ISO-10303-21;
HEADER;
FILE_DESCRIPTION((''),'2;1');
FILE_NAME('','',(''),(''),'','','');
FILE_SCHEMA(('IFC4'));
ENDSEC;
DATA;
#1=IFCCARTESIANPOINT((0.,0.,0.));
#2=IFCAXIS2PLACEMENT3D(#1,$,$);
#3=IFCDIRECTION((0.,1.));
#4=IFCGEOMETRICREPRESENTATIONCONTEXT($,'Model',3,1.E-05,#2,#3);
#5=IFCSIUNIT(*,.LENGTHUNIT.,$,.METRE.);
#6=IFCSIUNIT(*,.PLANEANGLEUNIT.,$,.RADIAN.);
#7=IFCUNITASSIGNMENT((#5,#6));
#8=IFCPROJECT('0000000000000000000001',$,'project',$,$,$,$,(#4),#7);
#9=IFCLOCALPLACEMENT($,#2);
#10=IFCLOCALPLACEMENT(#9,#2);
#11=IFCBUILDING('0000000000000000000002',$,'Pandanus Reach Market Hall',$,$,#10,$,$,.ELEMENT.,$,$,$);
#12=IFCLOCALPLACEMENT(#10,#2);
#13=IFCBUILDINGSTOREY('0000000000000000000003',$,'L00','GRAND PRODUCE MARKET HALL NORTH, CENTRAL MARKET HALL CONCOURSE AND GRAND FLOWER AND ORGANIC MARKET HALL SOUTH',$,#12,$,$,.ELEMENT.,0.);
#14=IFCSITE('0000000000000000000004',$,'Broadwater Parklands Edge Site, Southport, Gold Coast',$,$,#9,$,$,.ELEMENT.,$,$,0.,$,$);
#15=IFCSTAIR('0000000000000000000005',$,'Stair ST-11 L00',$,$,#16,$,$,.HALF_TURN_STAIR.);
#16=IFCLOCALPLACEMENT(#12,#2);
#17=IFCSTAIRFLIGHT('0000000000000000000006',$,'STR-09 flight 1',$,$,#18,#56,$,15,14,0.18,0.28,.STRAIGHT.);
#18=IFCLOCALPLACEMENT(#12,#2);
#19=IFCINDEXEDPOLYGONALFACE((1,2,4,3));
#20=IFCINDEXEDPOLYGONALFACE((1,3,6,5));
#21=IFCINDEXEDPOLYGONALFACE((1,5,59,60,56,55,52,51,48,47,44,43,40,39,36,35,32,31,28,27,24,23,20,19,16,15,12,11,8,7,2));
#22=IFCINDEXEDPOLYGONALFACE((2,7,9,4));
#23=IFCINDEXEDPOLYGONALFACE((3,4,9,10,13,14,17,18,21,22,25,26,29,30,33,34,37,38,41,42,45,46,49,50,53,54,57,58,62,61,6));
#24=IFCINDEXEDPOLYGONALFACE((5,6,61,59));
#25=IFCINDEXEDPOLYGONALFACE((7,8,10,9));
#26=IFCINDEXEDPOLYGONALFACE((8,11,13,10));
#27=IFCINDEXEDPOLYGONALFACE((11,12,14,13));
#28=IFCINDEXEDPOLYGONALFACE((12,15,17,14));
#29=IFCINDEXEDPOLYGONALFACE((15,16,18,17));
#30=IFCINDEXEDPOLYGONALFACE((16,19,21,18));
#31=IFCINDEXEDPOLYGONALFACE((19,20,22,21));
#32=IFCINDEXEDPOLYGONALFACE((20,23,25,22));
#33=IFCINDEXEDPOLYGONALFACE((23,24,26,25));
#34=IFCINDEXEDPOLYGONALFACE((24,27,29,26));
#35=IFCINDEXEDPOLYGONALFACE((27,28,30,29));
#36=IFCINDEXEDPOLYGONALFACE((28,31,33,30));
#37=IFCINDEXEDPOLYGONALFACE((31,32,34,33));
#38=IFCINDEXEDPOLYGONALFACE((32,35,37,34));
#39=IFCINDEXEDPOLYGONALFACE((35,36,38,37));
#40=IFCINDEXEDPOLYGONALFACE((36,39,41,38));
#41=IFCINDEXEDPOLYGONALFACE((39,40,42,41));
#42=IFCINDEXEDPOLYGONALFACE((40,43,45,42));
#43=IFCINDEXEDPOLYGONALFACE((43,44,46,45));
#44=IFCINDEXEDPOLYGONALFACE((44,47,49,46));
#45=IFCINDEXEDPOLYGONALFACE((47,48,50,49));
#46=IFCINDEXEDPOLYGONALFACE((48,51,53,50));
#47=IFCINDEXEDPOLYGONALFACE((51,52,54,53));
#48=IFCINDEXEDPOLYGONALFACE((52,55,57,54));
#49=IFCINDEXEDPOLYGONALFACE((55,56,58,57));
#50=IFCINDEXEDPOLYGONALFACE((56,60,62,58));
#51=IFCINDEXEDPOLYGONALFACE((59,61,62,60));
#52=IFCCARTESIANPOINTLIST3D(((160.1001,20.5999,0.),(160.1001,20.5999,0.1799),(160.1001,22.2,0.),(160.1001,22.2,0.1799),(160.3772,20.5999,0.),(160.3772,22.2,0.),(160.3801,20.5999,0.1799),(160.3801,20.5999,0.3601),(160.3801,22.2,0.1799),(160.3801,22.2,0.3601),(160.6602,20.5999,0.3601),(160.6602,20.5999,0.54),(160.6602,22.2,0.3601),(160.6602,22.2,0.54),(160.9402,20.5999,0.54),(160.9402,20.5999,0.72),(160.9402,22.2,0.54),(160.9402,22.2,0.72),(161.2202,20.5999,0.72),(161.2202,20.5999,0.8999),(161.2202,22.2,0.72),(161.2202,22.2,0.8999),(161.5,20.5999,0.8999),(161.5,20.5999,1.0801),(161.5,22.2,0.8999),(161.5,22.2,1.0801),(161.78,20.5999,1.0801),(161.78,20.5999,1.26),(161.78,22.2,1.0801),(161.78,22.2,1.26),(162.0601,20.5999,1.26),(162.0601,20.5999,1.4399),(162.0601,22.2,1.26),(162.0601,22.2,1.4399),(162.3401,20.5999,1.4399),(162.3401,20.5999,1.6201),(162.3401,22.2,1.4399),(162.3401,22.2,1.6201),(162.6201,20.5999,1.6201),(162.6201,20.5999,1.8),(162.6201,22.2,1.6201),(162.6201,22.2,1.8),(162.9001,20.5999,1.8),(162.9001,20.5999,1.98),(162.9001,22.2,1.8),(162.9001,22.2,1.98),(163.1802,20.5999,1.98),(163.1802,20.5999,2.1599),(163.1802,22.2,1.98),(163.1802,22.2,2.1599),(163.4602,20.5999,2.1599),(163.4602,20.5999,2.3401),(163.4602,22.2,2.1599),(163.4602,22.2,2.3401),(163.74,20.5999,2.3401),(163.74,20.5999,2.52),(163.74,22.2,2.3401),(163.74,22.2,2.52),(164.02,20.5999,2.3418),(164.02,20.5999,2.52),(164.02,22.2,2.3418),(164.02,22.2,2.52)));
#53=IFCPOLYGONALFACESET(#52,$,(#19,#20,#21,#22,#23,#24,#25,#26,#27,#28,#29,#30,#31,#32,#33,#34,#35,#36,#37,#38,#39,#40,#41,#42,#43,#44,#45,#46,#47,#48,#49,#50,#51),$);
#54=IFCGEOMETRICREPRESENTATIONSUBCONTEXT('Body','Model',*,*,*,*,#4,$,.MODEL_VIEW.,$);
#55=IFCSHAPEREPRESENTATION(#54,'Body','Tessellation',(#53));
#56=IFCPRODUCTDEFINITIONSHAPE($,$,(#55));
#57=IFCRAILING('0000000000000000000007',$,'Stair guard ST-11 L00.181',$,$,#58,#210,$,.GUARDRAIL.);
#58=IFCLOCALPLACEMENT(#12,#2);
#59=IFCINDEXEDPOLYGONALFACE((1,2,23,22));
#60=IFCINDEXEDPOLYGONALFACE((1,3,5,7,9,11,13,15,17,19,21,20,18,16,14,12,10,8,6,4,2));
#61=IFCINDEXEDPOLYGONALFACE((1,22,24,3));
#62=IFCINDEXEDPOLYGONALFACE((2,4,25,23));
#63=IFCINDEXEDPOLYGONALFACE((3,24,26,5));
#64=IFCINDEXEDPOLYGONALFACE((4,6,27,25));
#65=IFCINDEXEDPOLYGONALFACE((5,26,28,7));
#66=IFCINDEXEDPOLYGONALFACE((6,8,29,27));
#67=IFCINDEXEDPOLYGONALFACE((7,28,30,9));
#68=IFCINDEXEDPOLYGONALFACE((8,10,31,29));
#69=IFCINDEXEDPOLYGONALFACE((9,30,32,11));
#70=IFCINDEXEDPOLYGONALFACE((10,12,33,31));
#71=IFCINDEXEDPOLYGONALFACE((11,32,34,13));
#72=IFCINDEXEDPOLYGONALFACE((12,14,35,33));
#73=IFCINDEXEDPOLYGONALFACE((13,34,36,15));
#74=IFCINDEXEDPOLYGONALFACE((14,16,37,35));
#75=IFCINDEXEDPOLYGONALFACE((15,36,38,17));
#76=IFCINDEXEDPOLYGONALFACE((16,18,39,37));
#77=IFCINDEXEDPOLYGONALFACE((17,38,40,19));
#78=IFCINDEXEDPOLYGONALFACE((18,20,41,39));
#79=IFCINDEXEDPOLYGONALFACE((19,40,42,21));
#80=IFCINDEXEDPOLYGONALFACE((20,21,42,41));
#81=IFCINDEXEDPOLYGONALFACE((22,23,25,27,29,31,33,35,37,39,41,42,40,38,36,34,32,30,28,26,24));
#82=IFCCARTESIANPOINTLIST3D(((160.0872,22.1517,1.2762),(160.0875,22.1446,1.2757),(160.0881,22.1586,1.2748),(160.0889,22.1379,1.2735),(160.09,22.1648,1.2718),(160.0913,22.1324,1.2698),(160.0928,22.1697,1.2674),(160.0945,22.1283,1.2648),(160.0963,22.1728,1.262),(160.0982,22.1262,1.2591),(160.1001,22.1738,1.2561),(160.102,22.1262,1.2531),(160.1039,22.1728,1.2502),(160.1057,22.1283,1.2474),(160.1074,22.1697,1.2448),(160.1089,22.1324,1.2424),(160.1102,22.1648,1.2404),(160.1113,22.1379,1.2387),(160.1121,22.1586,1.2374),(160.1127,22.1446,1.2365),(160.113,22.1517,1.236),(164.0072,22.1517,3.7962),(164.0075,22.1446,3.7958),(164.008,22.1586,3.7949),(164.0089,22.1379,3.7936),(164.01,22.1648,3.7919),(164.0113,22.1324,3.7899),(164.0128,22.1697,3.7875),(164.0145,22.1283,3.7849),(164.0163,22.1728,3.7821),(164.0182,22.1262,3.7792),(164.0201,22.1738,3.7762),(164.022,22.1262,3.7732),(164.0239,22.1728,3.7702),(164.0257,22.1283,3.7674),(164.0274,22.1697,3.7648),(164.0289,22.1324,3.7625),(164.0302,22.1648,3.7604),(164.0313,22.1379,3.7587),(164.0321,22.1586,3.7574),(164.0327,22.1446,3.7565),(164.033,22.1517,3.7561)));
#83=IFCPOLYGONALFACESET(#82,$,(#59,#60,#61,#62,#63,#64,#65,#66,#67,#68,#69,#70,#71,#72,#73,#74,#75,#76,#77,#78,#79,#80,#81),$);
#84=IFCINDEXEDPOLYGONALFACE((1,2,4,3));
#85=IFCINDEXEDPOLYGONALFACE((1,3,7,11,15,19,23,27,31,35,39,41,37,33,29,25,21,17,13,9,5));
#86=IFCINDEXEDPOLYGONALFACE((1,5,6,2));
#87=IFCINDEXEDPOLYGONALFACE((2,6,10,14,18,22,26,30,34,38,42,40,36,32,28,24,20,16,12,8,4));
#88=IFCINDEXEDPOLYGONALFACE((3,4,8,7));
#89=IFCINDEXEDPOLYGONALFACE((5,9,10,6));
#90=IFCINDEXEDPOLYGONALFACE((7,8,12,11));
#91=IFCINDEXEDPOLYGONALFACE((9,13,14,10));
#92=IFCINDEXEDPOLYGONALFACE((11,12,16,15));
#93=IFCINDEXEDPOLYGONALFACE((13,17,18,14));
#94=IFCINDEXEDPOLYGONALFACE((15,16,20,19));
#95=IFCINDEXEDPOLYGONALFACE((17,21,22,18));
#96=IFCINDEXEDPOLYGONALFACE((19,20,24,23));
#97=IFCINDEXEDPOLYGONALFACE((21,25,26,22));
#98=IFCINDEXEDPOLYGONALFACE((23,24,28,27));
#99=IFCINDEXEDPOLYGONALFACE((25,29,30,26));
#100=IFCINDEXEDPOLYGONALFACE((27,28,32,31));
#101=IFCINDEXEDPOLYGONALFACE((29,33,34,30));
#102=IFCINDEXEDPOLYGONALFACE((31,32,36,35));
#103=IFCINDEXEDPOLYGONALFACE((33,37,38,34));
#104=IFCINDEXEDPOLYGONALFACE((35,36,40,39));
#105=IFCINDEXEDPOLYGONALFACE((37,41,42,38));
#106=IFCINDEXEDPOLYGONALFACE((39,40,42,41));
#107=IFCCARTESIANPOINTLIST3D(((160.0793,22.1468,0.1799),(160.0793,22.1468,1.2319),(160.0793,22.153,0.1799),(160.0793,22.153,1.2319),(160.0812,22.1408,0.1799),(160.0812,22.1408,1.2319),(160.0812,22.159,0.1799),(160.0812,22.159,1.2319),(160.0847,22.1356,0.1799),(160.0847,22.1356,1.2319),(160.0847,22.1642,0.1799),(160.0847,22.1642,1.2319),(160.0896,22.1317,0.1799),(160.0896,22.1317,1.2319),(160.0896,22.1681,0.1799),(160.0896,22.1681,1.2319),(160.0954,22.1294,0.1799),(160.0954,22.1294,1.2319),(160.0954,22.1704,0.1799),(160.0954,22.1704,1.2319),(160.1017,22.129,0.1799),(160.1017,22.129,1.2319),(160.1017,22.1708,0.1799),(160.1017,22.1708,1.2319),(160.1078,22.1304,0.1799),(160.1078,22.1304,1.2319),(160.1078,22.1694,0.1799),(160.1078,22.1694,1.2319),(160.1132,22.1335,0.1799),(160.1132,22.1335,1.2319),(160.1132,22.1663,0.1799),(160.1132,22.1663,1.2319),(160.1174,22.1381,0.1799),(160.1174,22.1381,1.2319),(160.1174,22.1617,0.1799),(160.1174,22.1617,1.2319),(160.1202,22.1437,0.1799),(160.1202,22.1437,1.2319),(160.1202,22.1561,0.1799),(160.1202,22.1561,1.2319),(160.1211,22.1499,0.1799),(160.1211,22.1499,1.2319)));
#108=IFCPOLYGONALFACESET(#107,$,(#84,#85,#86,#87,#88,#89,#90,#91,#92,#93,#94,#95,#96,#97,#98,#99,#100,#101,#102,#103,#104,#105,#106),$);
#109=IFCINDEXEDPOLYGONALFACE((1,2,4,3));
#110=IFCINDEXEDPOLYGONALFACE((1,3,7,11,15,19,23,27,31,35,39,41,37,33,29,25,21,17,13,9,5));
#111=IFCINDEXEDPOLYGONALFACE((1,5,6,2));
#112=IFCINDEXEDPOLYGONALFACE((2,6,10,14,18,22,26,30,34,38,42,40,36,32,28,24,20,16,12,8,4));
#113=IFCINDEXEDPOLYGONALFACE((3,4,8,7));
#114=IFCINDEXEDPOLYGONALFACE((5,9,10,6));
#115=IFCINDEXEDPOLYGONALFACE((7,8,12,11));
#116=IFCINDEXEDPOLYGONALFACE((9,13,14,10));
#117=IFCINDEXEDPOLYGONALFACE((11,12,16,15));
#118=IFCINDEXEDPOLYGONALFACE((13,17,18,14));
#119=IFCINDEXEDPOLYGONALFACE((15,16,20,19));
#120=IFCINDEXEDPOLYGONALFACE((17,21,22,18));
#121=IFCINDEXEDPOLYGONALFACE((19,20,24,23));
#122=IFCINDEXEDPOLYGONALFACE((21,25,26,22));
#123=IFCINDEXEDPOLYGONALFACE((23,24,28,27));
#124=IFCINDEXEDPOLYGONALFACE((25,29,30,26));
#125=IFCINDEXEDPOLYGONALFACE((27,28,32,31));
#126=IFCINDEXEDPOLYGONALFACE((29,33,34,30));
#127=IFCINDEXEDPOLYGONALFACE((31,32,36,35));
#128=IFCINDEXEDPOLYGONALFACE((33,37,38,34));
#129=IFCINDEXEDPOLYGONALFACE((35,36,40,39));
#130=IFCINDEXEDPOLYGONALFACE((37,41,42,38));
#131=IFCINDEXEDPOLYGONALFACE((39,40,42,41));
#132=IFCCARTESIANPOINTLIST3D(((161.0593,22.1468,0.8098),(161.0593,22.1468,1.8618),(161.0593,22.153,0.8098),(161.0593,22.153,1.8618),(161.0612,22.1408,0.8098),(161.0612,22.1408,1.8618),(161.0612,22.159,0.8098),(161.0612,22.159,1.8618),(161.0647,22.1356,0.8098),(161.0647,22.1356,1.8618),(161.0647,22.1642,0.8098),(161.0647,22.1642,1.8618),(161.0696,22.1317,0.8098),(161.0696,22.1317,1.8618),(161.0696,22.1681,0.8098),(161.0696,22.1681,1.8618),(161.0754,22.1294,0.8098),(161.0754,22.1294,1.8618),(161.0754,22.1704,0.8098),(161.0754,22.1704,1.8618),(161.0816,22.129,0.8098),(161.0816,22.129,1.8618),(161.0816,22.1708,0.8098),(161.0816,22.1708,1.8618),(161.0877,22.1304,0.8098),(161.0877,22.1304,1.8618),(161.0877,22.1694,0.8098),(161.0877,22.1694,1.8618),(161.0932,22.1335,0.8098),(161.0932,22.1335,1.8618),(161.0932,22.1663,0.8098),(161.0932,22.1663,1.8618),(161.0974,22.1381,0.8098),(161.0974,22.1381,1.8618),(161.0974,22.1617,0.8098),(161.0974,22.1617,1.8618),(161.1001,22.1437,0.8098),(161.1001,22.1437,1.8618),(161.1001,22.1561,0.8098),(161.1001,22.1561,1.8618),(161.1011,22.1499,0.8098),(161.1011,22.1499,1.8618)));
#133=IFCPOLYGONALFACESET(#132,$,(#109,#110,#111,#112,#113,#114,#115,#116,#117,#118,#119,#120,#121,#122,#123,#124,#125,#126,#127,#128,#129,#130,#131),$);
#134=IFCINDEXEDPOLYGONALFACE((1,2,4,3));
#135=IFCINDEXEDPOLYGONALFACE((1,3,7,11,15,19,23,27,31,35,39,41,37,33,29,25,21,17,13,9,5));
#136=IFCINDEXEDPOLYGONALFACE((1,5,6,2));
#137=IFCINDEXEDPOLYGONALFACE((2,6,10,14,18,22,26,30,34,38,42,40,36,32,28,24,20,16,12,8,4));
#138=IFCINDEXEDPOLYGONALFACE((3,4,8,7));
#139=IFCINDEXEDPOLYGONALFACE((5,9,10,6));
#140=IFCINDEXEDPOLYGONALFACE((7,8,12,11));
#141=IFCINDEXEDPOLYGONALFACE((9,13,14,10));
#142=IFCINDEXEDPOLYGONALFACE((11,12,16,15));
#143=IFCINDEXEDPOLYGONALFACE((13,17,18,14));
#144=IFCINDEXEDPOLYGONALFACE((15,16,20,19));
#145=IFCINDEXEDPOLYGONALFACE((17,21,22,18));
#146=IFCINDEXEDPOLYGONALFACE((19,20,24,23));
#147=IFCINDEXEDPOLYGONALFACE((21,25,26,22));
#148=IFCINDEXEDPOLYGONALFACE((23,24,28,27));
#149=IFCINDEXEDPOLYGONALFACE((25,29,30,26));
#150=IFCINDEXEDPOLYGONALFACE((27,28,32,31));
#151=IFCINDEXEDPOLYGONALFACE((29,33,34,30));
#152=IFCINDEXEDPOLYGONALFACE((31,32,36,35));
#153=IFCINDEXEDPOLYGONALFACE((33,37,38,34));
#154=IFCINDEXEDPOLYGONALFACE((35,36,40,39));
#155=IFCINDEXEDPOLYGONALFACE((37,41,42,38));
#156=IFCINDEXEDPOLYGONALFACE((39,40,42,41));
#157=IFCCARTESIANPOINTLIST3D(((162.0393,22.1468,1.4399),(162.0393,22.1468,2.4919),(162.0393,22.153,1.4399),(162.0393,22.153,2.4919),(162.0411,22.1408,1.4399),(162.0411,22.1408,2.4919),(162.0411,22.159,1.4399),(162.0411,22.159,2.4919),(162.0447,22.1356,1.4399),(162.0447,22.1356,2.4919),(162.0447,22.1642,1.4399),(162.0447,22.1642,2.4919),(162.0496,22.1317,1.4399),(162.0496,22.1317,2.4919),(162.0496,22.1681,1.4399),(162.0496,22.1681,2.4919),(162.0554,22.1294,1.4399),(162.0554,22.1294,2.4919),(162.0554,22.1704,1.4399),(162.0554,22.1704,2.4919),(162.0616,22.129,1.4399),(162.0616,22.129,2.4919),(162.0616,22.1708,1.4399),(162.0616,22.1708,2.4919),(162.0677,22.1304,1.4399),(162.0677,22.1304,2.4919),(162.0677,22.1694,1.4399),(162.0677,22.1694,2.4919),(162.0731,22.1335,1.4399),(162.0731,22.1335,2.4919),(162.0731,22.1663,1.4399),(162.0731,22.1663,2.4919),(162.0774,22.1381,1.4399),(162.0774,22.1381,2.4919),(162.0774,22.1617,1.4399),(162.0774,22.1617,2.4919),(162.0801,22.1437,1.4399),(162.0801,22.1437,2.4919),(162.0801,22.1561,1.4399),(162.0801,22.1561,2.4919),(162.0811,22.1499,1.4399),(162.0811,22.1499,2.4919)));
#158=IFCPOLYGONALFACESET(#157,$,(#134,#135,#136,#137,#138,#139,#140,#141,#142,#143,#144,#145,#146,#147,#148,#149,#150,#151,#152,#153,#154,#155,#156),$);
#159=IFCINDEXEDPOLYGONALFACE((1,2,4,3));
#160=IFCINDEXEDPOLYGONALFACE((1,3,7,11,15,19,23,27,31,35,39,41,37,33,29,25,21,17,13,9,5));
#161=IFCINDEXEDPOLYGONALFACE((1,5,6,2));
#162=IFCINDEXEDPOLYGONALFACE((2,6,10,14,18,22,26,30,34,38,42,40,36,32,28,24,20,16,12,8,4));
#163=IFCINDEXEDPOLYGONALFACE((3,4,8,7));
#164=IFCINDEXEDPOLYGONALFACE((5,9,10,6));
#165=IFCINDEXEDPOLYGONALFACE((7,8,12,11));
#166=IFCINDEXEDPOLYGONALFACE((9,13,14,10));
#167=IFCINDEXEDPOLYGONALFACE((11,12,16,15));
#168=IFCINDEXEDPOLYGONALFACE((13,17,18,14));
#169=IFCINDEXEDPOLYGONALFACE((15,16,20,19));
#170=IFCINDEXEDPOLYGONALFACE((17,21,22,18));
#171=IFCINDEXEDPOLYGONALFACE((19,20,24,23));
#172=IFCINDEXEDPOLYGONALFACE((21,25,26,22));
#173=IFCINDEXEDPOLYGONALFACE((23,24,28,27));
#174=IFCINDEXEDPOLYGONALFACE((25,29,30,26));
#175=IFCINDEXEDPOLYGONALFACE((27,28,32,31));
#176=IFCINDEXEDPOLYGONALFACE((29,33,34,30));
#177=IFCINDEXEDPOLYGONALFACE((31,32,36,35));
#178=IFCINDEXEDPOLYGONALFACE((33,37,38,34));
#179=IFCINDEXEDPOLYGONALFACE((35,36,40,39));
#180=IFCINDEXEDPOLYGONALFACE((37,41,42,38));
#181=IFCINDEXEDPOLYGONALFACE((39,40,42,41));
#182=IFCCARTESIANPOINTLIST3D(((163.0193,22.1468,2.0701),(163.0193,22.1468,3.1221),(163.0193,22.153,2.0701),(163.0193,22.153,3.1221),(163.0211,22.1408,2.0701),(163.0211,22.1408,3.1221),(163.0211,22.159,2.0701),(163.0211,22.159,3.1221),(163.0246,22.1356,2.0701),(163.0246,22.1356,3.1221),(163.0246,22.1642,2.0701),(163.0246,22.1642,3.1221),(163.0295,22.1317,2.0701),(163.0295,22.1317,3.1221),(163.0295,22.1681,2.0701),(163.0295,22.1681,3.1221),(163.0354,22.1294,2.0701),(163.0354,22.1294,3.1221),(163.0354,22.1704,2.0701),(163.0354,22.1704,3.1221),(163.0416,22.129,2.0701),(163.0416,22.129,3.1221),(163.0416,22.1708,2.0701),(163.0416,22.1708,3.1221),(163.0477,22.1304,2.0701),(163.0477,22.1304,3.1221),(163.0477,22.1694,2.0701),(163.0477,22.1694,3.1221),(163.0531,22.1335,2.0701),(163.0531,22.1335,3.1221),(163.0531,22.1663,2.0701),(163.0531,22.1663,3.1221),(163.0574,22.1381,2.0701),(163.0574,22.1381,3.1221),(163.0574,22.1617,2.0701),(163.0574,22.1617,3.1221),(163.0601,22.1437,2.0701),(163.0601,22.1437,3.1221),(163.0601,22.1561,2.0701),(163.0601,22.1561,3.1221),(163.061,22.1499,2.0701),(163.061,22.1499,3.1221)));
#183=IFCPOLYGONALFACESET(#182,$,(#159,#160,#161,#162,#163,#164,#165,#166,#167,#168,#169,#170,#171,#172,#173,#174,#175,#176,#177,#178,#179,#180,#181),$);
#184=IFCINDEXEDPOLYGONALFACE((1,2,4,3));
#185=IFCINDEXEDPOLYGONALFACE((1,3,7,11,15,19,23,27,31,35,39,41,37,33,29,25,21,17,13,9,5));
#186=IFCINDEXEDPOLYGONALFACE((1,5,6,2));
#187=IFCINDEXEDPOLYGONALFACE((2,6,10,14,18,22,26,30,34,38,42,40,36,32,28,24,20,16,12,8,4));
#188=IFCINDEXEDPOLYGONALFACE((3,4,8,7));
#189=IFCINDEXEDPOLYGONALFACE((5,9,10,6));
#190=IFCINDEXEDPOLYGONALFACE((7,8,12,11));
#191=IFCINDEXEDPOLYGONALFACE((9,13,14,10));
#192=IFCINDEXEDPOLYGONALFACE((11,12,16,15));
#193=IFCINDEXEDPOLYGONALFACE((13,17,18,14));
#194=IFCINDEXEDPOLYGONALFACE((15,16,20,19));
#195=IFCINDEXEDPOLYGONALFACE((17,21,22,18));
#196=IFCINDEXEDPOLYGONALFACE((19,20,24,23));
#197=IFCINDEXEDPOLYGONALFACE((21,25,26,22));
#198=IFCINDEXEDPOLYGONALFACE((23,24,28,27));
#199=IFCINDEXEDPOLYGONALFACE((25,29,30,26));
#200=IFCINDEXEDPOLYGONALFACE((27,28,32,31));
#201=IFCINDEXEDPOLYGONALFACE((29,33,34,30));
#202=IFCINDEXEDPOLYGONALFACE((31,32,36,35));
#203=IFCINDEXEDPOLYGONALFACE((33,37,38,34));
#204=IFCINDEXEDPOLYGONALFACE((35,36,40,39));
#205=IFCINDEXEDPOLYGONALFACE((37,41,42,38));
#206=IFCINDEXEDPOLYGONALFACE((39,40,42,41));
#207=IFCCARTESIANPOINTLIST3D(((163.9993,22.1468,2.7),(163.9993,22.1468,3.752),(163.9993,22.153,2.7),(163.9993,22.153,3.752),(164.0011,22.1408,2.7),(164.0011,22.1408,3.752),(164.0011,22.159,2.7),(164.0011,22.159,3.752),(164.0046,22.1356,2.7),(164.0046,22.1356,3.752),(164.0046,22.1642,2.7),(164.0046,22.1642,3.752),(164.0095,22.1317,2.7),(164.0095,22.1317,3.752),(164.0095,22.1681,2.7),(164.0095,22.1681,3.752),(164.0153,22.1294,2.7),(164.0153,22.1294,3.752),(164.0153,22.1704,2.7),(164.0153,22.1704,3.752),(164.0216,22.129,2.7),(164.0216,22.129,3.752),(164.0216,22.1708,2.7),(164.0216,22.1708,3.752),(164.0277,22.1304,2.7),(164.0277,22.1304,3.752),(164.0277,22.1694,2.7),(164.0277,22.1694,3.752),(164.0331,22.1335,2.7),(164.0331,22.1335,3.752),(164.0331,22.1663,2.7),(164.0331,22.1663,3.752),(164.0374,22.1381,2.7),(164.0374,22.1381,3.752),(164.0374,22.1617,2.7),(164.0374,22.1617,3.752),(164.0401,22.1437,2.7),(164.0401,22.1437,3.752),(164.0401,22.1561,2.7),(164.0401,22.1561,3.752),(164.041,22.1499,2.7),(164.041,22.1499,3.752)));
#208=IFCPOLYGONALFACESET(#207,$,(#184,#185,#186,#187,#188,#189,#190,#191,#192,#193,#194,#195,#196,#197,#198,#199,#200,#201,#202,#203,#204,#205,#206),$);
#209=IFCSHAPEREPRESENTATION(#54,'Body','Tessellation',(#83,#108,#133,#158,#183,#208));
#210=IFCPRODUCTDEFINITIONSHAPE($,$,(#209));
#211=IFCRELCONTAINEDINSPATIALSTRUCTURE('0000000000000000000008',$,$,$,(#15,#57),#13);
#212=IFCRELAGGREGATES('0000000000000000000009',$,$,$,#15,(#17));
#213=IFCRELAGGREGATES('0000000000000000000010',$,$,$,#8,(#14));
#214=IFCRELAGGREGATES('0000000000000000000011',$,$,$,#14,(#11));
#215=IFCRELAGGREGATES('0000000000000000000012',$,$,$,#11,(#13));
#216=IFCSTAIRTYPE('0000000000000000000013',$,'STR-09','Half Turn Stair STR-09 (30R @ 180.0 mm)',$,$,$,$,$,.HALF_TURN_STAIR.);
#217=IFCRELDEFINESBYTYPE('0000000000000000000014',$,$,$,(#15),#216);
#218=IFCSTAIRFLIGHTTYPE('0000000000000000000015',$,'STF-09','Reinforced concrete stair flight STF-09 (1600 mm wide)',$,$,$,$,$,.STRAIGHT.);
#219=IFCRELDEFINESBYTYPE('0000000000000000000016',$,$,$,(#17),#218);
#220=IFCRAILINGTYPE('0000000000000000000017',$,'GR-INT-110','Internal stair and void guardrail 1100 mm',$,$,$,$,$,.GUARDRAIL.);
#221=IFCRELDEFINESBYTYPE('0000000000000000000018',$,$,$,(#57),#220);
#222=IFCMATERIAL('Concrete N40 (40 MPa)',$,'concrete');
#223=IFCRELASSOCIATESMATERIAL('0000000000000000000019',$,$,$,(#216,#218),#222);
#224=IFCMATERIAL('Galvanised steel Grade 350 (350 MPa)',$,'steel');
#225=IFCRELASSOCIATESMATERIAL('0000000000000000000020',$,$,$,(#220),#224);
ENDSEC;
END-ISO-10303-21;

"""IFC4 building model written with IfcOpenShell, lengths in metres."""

from ifc_helpers import new_model, si_unit, direction, frame, origin, origin_2d, place, context, subcontext, project, spatial, polyline, circle, outline, extrude, material, type_object, element, aggregate, save


model = new_model("IFC4")

# Units and contexts
model_context = context("Model", 3, precision=1e-05, world=origin(), true_north=direction((0.0, 1.0)))
body_context = subcontext(model_context, "Body", "Model", "MODEL_VIEW")
ifc_project = project(units=[si_unit("LENGTHUNIT", "METRE"), si_unit("PLANEANGLEUNIT", "RADIAN")], contexts=[model_context])

# Site, building, storey
site_placement = place(None, origin())
site = spatial("IfcSite", under=ifc_project, at=site_placement, Name="Broadwater Parklands Edge Site, Southport, Gold Coast", CompositionType="ELEMENT", RefElevation=0.0)
building_placement = place(site_placement, origin())
building = spatial("IfcBuilding", under=site, at=building_placement, Name="Pandanus Reach Market Hall", CompositionType="ELEMENT")
storey_placement = place(building_placement, origin())
storey = spatial("IfcBuildingStorey", under=building, at=storey_placement, Name="L00", Description="GRAND PRODUCE MARKET HALL NORTH, CENTRAL MARKET HALL CONCOURSE AND GRAND FLOWER AND ORGANIC MARKET HALL SOUTH", CompositionType="ELEMENT", Elevation=0.0)

# Shared definitions
ifc_material_1 = material(Name="Concrete N40 (40 MPa)", Category="concrete")

# Stair, stair flight
stair_type = type_object("IfcStairType", Name="STR-09", Description="Half Turn Stair STR-09 (30R @ 180.0 mm)", PredefinedType="HALF_TURN_STAIR", material=ifc_material_1)
stair_placement = place(storey_placement, origin())
stair = element("IfcStair", 1, at=stair_placement, inside=storey, type_object=stair_type, Name="Stair ST-11 L00", PredefinedType="HALF_TURN_STAIR")
stair_flight_type = type_object("IfcStairFlightType", Name="STF-09", Description="Reinforced concrete stair flight STF-09 (1600 mm wide)", PredefinedType="STRAIGHT", material=ifc_material_1)
stair_flight_placement = place(storey_placement, frame((160.1001, 21.3999, 0.0), z_axis=(0.0, 0.0, 1.0), x_axis=(1.0, 0.0, 0.0)))
stair_flight = element("IfcStairFlight", 2, at=stair_flight_placement, type_object=stair_flight_type, Name="STR-09 flight 1", NumberOfRisers=15, NumberOfTreads=14, PredefinedType="STRAIGHT", RiserHeight=0.18, TreadLength=0.28, context=body_context, shape_type="SweptSolid", body=[
    extrude(outline(polyline([(0.0, 0.0), (0.0, 0.1799), (0.28, 0.1799), (0.28, 0.3601), (0.5601, 0.3601), (0.5601, 0.54), (0.8401, 0.54), (0.8401, 0.72), (1.1201, 0.72), (1.1201, 0.8999), (1.3999, 0.8999), (1.3999, 1.0801), (1.6799, 1.0801), (1.6799, 1.26), (1.96, 1.26), (1.96, 1.4399), (2.24, 1.4399), (2.24, 1.6201), (2.52, 1.6201), (2.52, 1.8), (2.8, 1.8), (2.8, 1.98), (3.0801, 1.98), (3.0801, 2.1599), (3.3601, 2.1599), (3.3601, 2.3401), (3.6399, 2.3401), (3.6399, 2.52), (3.9199, 2.52), (3.9199, 2.7), (3.9199, 2.3418), (0.2771, 0.0), (0.0, 0.0)])), frame((0.0, 0.8, 0.0), z_axis=(0.0, -1.0, 0.0), x_axis=(1.0, 0.0, 0.0)), (0.0, 0.0, 1.0), 1.6001),
])
aggregate(stair, [stair_flight])

# Railing
ifc_material_2 = material(Name="Galvanised steel Grade 350 (350 MPa)", Category="steel")
railing_type_1 = type_object("IfcRailingType", Name="GR-INT-110", Description="Internal stair and void guardrail 1100 mm", PredefinedType="GUARDRAIL", material=ifc_material_2)
railing_1_placement = place(storey_placement, frame((160.1001, 22.1499, 0.1799)))
element("IfcRailing", 3, at=railing_1_placement, inside=storey, type_object=railing_type_1, Name="Stair guard ST-11 L00.181", PredefinedType="GUARDRAIL", context=body_context, shape_type="SweptSolid", body=[
    extrude(circle(Radius=0.0239, at=origin_2d()), frame((0.0, 0.0, 1.0762), z_axis=(0.841172, 0.0, 0.540768), x_axis=(0.0, 1.0, 0.0)), (0.0, 0.0, 1.0), 4.6602),
    extrude(circle(Radius=0.021, at=origin_2d()), origin(), (0.0, 0.0, 1.0), 1.052),
    extrude(circle(Radius=0.021, at=origin_2d()), frame((0.98, 0.0, 0.6299)), (0.0, 0.0, 1.0), 1.052),
    extrude(circle(Radius=0.021, at=origin_2d()), frame((1.96, 0.0, 1.26)), (0.0, 0.0, 1.0), 1.052),
    extrude(circle(Radius=0.021, at=origin_2d()), frame((2.9399, 0.0, 1.8901)), (0.0, 0.0, 1.0), 1.052),
    extrude(circle(Radius=0.021, at=origin_2d()), frame((3.9199, 0.0, 2.52)), (0.0, 0.0, 1.0), 1.052),
])

save(model, "model.ifc")
